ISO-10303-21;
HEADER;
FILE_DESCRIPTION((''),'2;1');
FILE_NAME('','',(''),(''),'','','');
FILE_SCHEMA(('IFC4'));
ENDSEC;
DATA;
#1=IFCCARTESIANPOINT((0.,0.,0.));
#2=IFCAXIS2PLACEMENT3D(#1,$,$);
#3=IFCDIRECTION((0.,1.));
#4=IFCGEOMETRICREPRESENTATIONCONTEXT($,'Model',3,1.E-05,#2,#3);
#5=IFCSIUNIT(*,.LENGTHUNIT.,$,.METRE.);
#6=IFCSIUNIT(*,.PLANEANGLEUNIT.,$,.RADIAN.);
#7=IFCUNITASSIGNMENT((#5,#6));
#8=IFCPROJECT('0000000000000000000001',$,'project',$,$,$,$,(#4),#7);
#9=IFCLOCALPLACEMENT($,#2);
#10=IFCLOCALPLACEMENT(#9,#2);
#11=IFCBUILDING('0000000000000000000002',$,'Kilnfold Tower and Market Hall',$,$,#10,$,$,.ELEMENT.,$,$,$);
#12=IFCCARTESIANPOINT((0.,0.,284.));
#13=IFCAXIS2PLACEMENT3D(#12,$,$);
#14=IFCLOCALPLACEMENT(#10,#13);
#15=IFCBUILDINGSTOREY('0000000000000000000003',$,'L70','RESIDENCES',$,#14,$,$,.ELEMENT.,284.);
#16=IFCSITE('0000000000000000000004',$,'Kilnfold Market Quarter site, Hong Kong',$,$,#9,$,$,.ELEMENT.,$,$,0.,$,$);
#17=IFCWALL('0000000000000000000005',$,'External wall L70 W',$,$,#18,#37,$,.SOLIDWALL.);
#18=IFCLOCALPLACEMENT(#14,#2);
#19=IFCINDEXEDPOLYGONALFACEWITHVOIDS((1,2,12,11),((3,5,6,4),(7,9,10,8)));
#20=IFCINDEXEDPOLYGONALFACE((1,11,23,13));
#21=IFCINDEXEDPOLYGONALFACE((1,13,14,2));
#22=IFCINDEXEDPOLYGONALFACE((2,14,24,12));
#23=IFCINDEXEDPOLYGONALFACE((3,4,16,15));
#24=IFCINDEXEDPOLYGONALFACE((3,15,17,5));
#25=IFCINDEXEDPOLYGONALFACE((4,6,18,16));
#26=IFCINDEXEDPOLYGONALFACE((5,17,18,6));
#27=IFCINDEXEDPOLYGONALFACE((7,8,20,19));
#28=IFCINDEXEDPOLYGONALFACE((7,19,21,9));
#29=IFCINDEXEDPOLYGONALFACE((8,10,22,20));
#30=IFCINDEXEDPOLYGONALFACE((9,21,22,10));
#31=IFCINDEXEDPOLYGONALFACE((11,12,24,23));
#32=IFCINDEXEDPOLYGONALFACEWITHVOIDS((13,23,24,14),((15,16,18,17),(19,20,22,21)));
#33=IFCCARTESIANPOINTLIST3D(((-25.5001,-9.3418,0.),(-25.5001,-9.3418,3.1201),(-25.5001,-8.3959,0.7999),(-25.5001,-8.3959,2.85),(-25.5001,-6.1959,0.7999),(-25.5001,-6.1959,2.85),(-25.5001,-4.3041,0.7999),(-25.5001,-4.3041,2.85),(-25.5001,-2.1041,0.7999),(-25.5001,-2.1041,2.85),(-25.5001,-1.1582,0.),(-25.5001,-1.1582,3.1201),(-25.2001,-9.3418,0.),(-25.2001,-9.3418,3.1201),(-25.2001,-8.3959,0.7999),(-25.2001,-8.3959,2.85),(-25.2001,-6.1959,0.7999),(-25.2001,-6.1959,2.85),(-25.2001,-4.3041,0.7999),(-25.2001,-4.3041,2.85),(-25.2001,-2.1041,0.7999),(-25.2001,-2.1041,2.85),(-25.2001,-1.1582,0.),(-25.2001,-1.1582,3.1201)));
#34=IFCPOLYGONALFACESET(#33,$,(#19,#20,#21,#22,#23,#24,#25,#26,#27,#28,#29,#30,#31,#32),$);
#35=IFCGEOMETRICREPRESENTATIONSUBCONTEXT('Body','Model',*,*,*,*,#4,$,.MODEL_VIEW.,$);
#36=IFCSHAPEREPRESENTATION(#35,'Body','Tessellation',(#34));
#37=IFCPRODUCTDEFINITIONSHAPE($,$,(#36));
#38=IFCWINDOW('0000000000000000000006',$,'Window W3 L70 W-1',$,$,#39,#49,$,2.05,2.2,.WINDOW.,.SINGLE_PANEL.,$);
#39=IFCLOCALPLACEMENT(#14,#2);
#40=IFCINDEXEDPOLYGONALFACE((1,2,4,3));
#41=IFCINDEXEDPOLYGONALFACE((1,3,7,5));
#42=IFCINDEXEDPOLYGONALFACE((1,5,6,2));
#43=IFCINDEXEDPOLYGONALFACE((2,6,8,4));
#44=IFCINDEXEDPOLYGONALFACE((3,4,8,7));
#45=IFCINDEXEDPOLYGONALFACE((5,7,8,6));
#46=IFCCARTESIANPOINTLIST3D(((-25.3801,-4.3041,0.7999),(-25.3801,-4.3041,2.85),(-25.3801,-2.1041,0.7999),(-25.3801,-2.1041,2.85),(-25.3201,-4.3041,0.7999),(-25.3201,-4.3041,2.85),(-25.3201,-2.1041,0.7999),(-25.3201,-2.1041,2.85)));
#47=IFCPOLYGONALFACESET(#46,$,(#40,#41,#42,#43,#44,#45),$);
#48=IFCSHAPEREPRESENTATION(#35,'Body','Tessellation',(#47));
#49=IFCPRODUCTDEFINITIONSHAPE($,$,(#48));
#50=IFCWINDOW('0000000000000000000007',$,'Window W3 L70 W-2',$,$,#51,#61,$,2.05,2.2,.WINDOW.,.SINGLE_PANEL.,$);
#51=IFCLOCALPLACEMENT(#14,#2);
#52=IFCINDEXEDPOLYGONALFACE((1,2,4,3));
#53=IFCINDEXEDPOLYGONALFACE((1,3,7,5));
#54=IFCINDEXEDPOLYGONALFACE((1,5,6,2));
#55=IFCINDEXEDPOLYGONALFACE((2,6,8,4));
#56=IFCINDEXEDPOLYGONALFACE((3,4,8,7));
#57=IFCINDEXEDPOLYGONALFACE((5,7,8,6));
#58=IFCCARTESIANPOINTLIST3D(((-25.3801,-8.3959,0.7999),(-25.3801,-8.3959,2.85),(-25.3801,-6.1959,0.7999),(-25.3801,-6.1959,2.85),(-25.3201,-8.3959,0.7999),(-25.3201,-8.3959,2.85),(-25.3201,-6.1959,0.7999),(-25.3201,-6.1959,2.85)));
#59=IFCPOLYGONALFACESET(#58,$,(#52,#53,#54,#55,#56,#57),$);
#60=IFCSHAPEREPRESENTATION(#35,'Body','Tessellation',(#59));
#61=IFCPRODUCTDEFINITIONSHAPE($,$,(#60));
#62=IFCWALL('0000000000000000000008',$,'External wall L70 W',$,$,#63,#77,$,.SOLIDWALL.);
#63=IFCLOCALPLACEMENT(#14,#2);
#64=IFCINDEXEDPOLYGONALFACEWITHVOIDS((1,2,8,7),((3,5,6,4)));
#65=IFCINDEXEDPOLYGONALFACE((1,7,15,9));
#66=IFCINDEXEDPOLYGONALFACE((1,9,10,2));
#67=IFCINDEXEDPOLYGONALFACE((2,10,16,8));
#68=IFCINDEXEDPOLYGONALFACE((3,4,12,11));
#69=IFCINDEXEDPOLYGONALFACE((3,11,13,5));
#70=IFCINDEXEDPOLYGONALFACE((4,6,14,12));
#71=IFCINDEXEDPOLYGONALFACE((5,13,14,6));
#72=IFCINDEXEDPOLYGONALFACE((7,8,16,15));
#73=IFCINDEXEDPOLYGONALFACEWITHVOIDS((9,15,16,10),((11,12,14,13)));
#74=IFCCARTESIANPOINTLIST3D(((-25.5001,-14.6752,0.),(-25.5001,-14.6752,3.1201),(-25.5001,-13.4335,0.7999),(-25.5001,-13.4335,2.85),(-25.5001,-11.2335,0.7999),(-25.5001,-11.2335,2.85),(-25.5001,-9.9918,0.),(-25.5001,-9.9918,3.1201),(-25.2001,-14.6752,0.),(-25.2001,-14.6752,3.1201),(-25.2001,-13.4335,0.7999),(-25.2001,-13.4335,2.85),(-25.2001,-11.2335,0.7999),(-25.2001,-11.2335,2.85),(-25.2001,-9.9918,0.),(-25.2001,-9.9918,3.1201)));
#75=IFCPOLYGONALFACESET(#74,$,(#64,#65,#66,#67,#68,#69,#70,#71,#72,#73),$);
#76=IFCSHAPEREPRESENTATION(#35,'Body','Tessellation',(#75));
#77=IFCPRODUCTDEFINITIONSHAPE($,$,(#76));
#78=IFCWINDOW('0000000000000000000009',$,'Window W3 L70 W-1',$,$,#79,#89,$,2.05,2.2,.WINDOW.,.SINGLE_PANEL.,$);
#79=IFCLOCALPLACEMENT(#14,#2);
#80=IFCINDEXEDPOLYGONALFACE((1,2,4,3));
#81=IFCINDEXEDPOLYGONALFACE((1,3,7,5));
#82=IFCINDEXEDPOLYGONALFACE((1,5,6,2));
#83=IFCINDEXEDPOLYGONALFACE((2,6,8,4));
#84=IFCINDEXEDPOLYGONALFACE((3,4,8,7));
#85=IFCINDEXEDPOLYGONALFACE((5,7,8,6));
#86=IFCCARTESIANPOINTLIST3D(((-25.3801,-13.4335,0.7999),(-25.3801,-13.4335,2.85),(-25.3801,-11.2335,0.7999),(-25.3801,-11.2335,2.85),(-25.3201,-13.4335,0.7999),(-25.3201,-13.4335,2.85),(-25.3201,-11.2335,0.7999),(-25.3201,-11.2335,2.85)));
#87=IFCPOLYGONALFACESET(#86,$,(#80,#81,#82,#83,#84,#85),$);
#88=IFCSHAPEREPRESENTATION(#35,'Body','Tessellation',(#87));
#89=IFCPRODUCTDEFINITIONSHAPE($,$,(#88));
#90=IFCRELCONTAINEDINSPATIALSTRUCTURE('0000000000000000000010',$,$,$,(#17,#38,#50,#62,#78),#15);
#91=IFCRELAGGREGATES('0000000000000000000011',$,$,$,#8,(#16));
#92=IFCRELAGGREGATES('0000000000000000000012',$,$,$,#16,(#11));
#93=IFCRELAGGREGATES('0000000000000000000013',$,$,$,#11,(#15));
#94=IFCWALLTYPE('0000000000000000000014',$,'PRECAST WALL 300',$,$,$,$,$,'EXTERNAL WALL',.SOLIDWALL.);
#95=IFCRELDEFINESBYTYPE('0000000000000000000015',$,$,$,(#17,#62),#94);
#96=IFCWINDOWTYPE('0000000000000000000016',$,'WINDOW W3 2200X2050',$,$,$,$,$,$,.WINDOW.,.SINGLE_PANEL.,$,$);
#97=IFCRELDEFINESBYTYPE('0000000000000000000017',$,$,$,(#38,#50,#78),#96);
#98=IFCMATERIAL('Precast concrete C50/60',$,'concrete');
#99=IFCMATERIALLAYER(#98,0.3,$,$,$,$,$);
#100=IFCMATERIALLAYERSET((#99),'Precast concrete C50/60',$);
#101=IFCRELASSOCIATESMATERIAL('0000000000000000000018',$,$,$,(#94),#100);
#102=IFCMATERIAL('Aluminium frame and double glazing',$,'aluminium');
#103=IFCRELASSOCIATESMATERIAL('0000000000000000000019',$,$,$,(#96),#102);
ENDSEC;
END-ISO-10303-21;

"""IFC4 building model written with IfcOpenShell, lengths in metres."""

from ifc_helpers import new_model, si_unit, direction, frame, frame_2d, origin, place, context, subcontext, project, spatial, rectangle, extrude, source, transform, mapped, material, layer, layer_set, type_object, element, fill, save


model = new_model("IFC4")

# Units and contexts
model_context = context("Model", 3, precision=1e-05, world=origin(), true_north=direction((0.0, 1.0)))
body_context = subcontext(model_context, "Body", "Model", "MODEL_VIEW")
ifc_project = project(units=[si_unit("LENGTHUNIT", "METRE"), si_unit("PLANEANGLEUNIT", "RADIAN")], contexts=[model_context])

# Site, building, storey
site_placement = place(None, origin())
site = spatial("IfcSite", under=ifc_project, at=site_placement, Name="Kilnfold Market Quarter site, Hong Kong", CompositionType="ELEMENT", RefElevation=0.0)
building_placement = place(site_placement, origin())
building = spatial("IfcBuilding", under=site, at=building_placement, Name="Kilnfold Tower and Market Hall", CompositionType="ELEMENT")
storey_placement = place(building_placement, frame((0.0, 0.0, 284.0)))
storey = spatial("IfcBuildingStorey", under=building, at=storey_placement, Name="L70", Description="RESIDENCES", CompositionType="ELEMENT", Elevation=284.0)

# Wall, openings, windows
ifc_material_1 = material(Name="Precast concrete C50/60", Category="concrete")
ifc_layer_1 = layer(ifc_material_1, 0.3)
ifc_layer_set_1 = layer_set([ifc_layer_1], Name="Precast concrete C50/60")
wall_type_1 = type_object("IfcWallType", Name="PRECAST WALL 300", ElementType="EXTERNAL WALL", PredefinedType="SOLIDWALL", material=ifc_layer_set_1)
shared_shape_1 = source(origin(), body_context, "Body", "SweptSolid", [
    extrude(rectangle(XDim=8.1836, YDim=0.3, at=frame_2d((4.0918, 0.0))), origin(), (0.0, 0.0, 1.0), 3.1201),
])
wall_1_placement = place(storey_placement, frame((-25.3501, -1.1582, 0.0), z_axis=(0.0, 0.0, 1.0), x_axis=(0.0, -1.0, 0.0)))
wall_1 = element("IfcWall", 1, at=wall_1_placement, inside=storey, type_object=wall_type_1, Name="External wall L70 W", PredefinedType="SOLIDWALL", context=body_context, shape_type="MappedRepresentation", body=[
    mapped(shared_shape_1, transform((0.0, 0.0, 0.0))),
])
opening_1_placement = place(wall_1_placement, frame((0.9458, 0.0, 0.8)))
opening_1 = element("IfcOpeningElement", 2, at=opening_1_placement, cuts=wall_1, PredefinedType="OPENING", context=body_context, shape_type="SweptSolid", body=[
    extrude(rectangle(XDim=2.2, YDim=2.05, at=frame_2d((1.1001, 1.0249))), frame((0.0, 0.1602, 0.0), z_axis=(0.0, -1.0, 0.0), x_axis=(1.0, 0.0, 0.0)), (0.0, 0.0, 1.0), 0.3201),
])
opening_2_placement = place(wall_1_placement, frame((5.0376, 0.0, 0.8)))
opening_2 = element("IfcOpeningElement", 3, at=opening_2_placement, cuts=wall_1, PredefinedType="OPENING", context=body_context, shape_type="SweptSolid", body=[
    extrude(rectangle(XDim=2.2, YDim=2.05, at=frame_2d((1.1001, 1.0249))), frame((0.0, 0.1602, 0.0), z_axis=(0.0, -1.0, 0.0), x_axis=(1.0, 0.0, 0.0)), (0.0, 0.0, 1.0), 0.3201),
])
ifc_material_2 = material(Name="Aluminium frame and double glazing", Category="aluminium")
window_type = type_object("IfcWindowType", Name="WINDOW W3 2200X2050", PartitioningType="SINGLE_PANEL", PredefinedType="WINDOW", material=ifc_material_2)
window_1_placement = place(opening_1_placement, origin())
window_1 = element("IfcWindow", 4, at=window_1_placement, inside=storey, type_object=window_type, Name="Window W3 L70 W-1", OverallHeight=2.05, OverallWidth=2.2, PartitioningType="SINGLE_PANEL", PredefinedType="WINDOW", context=body_context, shape_type="SweptSolid", body=[
    extrude(rectangle(XDim=2.2, YDim=2.05, at=frame_2d((1.1001, 1.0249))), frame((0.0, 0.03, 0.0), z_axis=(0.0, -1.0, 0.0), x_axis=(1.0, 0.0, 0.0)), (0.0, 0.0, 1.0), 0.0601),
])
fill(opening_1, window_1)
window_2_placement = place(opening_2_placement, origin())
window_2 = element("IfcWindow", 5, at=window_2_placement, inside=storey, type_object=window_type, Name="Window W3 L70 W-2", OverallHeight=2.05, OverallWidth=2.2, PartitioningType="SINGLE_PANEL", PredefinedType="WINDOW", context=body_context, shape_type="SweptSolid", body=[
    extrude(rectangle(XDim=2.2, YDim=2.05, at=frame_2d((1.1001, 1.0249))), frame((0.0, 0.03, 0.0), z_axis=(0.0, -1.0, 0.0), x_axis=(1.0, 0.0, 0.0)), (0.0, 0.0, 1.0), 0.0601),
])
fill(opening_2, window_2)

# Wall, opening, window
shared_shape_2 = source(origin(), body_context, "Body", "SweptSolid", [
    extrude(rectangle(XDim=4.6833, YDim=0.3, at=frame_2d((2.3418, 0.0))), origin(), (0.0, 0.0, 1.0), 3.1201),
])
wall_2_placement = place(storey_placement, frame((-25.3501, -9.9917, 0.0), z_axis=(0.0, 0.0, 1.0), x_axis=(0.0, -1.0, 0.0)))
wall_2 = element("IfcWall", 6, at=wall_2_placement, inside=storey, type_object=wall_type_1, Name="External wall L70 W", PredefinedType="SOLIDWALL", context=body_context, shape_type="MappedRepresentation", body=[
    mapped(shared_shape_2, transform((0.0, 0.0, 0.0))),
])
opening_3_placement = place(wall_2_placement, frame((1.2417, 0.0, 0.8)))
opening_3 = element("IfcOpeningElement", 7, at=opening_3_placement, cuts=wall_2, PredefinedType="OPENING", context=body_context, shape_type="SweptSolid", body=[
    extrude(rectangle(XDim=2.2, YDim=2.05, at=frame_2d((1.1001, 1.0249))), frame((0.0, 0.1602, 0.0), z_axis=(0.0, -1.0, 0.0), x_axis=(1.0, 0.0, 0.0)), (0.0, 0.0, 1.0), 0.3201),
])
window_3_placement = place(opening_3_placement, origin())
window_3 = element("IfcWindow", 8, at=window_3_placement, inside=storey, type_object=window_type, Name="Window W3 L70 W-1", OverallHeight=2.05, OverallWidth=2.2, PartitioningType="SINGLE_PANEL", PredefinedType="WINDOW", context=body_context, shape_type="SweptSolid", body=[
    extrude(rectangle(XDim=2.2, YDim=2.05, at=frame_2d((1.1001, 1.0249))), frame((0.0, 0.03, 0.0), z_axis=(0.0, -1.0, 0.0), x_axis=(1.0, 0.0, 0.0)), (0.0, 0.0, 1.0), 0.0601),
])
fill(opening_3, window_3)

save(model, "model.ifc")
